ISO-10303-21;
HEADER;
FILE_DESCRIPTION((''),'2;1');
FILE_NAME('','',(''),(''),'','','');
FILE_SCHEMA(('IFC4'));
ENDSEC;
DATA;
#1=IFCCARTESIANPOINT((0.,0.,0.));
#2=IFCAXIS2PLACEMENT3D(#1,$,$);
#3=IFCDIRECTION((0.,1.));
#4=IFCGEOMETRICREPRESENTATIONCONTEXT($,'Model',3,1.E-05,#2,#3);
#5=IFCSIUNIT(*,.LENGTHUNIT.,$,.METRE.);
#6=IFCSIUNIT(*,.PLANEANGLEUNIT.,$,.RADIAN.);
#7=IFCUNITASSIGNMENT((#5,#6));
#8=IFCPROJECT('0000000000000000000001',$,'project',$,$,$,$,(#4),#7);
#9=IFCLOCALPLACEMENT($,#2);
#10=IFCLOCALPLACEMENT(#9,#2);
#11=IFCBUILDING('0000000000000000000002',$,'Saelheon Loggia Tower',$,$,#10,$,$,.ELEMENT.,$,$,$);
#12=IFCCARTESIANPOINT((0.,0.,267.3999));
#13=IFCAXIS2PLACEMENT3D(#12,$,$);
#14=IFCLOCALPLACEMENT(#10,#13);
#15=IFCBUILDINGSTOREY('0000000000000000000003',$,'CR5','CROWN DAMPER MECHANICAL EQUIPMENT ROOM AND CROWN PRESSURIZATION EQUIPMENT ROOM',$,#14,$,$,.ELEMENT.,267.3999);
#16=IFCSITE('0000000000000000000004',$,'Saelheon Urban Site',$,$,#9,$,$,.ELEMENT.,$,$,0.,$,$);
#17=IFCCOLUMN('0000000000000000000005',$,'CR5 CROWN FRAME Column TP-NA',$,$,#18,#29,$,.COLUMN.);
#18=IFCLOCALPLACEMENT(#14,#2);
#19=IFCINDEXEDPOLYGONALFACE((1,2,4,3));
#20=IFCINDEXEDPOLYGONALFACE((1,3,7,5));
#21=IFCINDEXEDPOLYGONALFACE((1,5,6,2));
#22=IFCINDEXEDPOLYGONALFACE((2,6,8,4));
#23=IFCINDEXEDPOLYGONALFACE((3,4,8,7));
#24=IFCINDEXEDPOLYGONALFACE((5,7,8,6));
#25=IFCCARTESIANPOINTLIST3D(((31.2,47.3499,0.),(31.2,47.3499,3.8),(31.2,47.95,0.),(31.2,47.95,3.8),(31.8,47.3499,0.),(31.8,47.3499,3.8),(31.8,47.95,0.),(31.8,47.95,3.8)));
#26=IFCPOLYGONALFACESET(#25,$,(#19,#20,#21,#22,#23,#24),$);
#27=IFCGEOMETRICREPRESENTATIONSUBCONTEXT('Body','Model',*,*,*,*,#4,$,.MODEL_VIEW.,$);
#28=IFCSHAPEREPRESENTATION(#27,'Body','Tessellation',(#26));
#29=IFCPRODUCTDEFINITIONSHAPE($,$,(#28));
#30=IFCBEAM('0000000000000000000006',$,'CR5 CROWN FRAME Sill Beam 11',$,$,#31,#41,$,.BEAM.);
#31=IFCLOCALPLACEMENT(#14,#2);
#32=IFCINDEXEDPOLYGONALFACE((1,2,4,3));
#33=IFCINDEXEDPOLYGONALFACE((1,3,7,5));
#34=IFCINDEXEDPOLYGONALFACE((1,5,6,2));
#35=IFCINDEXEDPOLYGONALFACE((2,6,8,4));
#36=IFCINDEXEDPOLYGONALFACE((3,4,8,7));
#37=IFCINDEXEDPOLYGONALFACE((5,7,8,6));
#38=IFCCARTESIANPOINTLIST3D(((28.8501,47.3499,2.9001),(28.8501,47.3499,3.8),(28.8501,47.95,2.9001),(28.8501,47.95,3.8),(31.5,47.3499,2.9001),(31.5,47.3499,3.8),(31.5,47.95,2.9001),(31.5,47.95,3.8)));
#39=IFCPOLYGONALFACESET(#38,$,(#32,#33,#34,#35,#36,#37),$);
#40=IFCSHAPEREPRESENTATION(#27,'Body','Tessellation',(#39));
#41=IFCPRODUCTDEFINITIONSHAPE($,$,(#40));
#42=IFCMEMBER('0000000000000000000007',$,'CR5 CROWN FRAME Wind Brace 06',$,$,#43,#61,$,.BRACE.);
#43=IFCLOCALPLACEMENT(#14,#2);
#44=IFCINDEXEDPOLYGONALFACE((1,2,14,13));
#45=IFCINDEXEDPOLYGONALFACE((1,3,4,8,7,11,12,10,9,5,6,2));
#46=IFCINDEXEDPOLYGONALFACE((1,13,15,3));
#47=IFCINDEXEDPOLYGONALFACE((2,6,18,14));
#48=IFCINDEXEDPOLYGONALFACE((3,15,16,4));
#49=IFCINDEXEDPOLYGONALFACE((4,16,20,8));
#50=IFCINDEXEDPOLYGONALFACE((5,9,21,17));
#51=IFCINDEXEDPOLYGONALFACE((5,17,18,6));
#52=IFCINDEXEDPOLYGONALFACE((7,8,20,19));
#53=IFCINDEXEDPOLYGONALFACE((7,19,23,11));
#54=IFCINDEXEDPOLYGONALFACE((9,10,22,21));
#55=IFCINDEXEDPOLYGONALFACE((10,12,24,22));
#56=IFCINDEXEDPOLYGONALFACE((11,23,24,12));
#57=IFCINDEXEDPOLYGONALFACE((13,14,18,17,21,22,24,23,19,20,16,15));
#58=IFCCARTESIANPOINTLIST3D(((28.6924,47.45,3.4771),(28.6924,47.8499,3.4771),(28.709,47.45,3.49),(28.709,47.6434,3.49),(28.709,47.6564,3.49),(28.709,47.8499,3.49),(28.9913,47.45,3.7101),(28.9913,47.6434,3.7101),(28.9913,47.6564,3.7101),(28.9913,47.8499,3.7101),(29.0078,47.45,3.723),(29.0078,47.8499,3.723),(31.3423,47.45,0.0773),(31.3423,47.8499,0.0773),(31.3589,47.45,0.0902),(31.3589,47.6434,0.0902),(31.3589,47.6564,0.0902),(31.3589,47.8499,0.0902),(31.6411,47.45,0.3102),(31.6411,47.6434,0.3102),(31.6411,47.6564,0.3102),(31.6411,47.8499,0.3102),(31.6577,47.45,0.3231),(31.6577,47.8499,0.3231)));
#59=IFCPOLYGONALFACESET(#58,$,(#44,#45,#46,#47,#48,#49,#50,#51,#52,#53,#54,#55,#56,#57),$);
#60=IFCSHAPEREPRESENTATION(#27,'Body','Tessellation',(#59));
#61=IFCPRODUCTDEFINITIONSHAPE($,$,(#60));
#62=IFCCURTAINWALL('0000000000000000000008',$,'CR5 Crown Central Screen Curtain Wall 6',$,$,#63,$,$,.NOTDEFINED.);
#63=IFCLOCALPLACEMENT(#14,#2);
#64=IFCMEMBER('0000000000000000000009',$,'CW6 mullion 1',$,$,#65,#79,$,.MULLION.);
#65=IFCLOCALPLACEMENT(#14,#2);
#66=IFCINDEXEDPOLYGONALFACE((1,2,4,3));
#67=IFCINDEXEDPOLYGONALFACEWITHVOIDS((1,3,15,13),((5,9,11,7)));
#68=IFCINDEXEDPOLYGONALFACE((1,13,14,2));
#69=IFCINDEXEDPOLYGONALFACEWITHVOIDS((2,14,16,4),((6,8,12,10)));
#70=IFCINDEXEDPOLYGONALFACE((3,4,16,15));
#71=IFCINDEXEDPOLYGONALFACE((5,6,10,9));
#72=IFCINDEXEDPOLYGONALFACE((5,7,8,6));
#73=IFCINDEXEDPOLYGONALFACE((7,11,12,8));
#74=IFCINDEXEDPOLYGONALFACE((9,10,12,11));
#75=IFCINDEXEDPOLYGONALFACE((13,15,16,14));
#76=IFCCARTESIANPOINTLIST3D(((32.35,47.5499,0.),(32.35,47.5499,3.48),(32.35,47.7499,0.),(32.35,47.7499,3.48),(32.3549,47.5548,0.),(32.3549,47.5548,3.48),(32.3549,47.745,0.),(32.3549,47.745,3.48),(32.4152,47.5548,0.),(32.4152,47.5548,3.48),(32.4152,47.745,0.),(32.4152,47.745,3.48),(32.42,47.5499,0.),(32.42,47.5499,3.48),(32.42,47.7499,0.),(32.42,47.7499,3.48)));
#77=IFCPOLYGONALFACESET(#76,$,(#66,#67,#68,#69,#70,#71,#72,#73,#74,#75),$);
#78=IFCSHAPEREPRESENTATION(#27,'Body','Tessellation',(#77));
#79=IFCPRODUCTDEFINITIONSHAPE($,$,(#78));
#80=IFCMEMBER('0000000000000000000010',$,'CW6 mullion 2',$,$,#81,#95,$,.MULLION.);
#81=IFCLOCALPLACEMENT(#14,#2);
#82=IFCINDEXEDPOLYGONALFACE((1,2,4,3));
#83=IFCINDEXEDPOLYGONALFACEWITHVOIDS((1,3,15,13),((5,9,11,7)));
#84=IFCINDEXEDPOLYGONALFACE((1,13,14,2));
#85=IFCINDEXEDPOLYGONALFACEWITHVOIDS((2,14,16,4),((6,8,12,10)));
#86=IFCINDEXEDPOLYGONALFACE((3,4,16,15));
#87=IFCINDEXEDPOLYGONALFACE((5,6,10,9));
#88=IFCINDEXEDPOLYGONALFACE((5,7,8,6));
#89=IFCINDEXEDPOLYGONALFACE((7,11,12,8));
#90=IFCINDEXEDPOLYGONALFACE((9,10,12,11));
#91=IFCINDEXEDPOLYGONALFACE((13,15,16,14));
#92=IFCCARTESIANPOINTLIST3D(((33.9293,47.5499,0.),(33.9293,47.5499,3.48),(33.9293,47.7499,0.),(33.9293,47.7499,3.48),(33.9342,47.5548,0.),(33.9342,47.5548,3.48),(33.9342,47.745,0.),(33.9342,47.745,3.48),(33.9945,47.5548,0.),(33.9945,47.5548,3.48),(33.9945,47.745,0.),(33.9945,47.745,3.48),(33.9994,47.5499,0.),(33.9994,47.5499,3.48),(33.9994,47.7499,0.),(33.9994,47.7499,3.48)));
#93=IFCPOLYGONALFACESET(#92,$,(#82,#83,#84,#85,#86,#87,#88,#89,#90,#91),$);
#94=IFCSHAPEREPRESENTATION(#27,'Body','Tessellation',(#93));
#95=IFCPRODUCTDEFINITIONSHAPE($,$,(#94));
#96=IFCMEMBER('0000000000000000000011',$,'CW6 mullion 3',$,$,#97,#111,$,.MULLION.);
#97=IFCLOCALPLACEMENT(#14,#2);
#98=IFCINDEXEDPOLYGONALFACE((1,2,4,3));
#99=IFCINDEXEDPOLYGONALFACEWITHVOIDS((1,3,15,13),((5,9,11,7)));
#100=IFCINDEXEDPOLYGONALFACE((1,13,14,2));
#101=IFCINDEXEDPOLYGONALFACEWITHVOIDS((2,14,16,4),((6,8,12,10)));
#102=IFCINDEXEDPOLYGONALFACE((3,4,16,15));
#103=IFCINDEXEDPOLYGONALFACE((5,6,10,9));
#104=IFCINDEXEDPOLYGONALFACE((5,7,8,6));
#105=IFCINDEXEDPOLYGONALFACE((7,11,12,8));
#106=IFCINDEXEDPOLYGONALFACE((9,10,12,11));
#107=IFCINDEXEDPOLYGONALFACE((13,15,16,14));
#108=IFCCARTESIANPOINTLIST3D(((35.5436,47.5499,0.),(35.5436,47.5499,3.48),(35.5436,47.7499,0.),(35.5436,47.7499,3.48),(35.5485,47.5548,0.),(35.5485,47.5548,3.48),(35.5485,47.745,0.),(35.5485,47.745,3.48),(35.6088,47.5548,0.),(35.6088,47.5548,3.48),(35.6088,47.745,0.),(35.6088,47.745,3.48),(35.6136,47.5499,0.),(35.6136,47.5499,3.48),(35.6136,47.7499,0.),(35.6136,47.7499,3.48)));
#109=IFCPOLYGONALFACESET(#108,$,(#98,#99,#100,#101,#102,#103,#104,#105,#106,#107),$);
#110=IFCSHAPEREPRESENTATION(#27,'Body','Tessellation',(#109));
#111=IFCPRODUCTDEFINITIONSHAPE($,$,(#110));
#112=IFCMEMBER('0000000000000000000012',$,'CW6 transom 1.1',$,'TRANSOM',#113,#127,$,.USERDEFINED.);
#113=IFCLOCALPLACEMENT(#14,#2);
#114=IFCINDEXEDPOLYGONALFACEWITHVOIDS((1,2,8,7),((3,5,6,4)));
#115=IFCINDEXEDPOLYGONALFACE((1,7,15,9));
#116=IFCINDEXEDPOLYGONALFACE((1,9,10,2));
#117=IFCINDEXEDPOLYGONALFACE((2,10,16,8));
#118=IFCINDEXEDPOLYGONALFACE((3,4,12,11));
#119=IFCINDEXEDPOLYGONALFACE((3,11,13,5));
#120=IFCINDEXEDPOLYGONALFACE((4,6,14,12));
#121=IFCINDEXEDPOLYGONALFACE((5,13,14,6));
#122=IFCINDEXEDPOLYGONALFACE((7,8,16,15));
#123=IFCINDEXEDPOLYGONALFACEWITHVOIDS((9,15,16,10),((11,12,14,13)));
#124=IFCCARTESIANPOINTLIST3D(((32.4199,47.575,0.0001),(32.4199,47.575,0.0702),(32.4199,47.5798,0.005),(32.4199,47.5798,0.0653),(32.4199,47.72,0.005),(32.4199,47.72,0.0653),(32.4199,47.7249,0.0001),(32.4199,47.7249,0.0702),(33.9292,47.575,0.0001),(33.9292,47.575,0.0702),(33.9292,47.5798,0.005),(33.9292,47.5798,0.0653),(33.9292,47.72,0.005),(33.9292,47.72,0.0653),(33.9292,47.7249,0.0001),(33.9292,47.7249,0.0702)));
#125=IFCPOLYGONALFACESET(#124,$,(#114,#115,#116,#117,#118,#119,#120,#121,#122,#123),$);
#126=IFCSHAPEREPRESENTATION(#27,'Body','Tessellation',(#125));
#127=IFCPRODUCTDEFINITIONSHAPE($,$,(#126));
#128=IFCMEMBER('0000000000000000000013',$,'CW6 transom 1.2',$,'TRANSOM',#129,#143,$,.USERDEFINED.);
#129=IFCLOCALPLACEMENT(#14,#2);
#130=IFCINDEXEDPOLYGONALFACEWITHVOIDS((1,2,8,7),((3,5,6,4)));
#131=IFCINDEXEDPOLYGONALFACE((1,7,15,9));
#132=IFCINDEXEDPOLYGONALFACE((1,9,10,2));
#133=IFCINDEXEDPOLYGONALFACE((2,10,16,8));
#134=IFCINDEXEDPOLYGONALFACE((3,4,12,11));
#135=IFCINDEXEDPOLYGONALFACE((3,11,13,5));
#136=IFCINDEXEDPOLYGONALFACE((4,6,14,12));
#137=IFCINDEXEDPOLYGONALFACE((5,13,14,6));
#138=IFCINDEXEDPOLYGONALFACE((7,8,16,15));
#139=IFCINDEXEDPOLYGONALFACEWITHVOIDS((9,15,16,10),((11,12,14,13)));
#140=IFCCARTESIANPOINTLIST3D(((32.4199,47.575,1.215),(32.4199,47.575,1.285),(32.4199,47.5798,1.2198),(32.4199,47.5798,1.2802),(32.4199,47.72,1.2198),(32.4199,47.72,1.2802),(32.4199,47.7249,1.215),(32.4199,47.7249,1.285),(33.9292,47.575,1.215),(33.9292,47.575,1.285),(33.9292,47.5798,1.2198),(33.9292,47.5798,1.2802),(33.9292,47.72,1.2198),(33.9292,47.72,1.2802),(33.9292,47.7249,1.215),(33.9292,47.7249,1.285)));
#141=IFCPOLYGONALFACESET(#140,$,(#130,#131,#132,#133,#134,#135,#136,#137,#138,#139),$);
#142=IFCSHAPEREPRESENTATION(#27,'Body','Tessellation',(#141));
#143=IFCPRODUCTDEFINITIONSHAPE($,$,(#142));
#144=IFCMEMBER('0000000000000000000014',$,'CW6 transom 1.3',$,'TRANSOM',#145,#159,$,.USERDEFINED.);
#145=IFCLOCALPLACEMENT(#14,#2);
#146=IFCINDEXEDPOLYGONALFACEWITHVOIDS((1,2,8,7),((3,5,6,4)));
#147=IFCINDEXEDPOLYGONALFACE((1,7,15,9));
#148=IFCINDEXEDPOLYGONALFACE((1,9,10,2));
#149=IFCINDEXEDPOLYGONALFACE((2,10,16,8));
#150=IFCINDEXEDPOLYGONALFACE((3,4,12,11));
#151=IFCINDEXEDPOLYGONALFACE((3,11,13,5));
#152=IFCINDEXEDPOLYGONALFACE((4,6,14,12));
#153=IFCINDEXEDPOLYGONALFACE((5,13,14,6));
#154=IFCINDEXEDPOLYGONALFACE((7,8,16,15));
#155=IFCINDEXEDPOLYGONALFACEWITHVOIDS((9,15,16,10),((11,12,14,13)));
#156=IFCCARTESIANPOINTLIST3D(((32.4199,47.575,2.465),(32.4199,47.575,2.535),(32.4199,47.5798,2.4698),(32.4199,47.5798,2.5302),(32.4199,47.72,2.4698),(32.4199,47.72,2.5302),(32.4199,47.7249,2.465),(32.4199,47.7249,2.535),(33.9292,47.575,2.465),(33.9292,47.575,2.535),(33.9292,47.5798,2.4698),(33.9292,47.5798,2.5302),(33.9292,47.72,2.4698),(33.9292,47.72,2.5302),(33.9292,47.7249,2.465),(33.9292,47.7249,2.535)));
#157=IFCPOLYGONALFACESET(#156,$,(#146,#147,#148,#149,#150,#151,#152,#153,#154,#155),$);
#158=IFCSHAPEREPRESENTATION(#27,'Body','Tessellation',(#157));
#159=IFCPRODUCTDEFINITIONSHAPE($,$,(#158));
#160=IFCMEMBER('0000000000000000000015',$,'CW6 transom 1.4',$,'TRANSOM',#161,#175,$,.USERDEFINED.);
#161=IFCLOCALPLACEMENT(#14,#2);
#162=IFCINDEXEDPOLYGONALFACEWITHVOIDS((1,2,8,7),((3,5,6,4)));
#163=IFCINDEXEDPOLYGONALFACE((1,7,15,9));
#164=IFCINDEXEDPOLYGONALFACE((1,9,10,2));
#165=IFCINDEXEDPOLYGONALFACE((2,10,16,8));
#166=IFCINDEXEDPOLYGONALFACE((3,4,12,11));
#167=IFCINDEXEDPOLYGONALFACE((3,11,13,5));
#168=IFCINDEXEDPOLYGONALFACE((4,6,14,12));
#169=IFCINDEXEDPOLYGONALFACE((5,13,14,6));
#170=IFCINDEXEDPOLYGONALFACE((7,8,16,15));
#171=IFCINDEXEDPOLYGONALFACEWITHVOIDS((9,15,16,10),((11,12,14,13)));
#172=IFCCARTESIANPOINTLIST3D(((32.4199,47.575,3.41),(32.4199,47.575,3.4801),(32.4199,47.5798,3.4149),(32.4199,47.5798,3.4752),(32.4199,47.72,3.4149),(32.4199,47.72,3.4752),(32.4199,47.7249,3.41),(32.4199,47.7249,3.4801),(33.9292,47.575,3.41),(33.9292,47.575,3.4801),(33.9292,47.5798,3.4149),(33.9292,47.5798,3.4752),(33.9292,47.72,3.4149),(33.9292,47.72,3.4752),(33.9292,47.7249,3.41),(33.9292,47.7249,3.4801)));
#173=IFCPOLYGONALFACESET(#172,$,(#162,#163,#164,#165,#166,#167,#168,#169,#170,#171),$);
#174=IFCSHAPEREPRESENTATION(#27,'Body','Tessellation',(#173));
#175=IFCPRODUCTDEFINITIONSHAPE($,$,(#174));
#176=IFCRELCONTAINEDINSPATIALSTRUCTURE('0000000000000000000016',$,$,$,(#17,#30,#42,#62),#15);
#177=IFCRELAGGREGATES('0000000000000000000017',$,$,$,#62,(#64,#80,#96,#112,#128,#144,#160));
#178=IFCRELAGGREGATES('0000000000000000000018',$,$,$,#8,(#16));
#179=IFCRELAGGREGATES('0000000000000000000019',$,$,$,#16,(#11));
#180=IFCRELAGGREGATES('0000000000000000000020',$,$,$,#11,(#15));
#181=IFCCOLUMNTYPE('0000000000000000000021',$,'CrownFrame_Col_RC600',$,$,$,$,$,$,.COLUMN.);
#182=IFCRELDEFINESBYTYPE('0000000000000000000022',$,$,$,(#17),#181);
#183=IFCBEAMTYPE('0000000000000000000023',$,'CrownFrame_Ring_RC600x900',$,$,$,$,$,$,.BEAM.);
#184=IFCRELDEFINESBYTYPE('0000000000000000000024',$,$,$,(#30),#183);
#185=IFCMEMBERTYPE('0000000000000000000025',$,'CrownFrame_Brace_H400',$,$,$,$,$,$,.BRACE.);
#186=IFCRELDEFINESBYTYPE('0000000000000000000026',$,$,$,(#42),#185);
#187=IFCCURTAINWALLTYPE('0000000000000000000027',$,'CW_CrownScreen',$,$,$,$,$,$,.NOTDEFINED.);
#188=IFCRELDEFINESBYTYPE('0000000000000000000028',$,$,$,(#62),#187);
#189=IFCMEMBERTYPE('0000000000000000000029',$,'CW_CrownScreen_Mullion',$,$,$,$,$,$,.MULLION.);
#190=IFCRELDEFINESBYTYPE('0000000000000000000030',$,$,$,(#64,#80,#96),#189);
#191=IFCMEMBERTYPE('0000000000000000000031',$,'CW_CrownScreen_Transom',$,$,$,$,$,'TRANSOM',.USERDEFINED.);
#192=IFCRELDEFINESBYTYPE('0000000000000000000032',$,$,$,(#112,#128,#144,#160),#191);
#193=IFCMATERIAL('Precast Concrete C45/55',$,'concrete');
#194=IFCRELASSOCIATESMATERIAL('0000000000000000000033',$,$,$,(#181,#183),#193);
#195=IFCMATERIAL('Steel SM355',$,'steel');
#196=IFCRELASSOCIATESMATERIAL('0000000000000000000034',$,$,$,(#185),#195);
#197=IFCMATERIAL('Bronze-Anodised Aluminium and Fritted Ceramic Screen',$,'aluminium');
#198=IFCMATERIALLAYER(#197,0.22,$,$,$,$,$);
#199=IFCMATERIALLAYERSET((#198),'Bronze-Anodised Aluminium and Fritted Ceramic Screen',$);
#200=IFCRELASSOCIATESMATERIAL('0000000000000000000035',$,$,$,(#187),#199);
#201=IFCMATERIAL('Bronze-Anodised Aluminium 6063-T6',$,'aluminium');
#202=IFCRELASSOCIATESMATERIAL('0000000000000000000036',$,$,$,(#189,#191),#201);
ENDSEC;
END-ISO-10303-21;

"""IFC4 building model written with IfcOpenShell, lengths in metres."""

from ifc_helpers import new_model, si_unit, direction, frame, origin, origin_2d, place, context, subcontext, project, spatial, rectangle, hollow_rectangle, i_section, extrude, source, transform, mapped, material, layer, layer_set, material_profile, profile_set, type_object, element, aggregate, save


model = new_model("IFC4")

# Units and contexts
model_context = context("Model", 3, precision=1e-05, world=origin(), true_north=direction((0.0, 1.0)))
body_context = subcontext(model_context, "Body", "Model", "MODEL_VIEW")
ifc_project = project(units=[si_unit("LENGTHUNIT", "METRE"), si_unit("PLANEANGLEUNIT", "RADIAN")], contexts=[model_context])

# Site, building, storey
site_placement = place(None, origin())
site = spatial("IfcSite", under=ifc_project, at=site_placement, Name="Saelheon Urban Site", CompositionType="ELEMENT", RefElevation=0.0)
building_placement = place(site_placement, origin())
building = spatial("IfcBuilding", under=site, at=building_placement, Name="Saelheon Loggia Tower", CompositionType="ELEMENT")
storey_placement = place(building_placement, frame((0.0, 0.0, 267.3999)))
storey = spatial("IfcBuildingStorey", under=building, at=storey_placement, Name="CR5", Description="CROWN DAMPER MECHANICAL EQUIPMENT ROOM AND CROWN PRESSURIZATION EQUIPMENT ROOM", CompositionType="ELEMENT", Elevation=267.3999)

# Column
ifc_material_1 = material(Name="Precast Concrete C45/55", Category="concrete")
ifc_material_profile_1 = material_profile(ifc_material_1, rectangle(XDim=0.6001, YDim=0.6001, at=origin_2d()), Name="RC-600x600")
ifc_profile_set_1 = profile_set([ifc_material_profile_1], Name="Precast Concrete C45/55")
column_type = type_object("IfcColumnType", Name="CrownFrame_Col_RC600", PredefinedType="COLUMN", material=ifc_profile_set_1)
shared_shape_1 = source(origin(), body_context, "Body", "SweptSolid", [
    extrude(rectangle(XDim=0.6001, YDim=0.6001, at=origin_2d()), origin(), (0.0, 0.0, 1.0), 3.8),
])
column_placement = place(storey_placement, frame((31.5, 47.6499, 0.0), z_axis=(0.0, 0.0, 1.0), x_axis=(1.0, 0.0, 0.0)))
element("IfcColumn", 1, at=column_placement, inside=storey, type_object=column_type, Name="CR5 CROWN FRAME Column TP-NA", PredefinedType="COLUMN", context=body_context, shape_type="MappedRepresentation", body=[
    mapped(shared_shape_1, transform((0.0, 0.0, 0.0), scale=1.0)),
])

# Beam
ifc_material_profile_2 = material_profile(ifc_material_1, rectangle(XDim=0.6001, YDim=0.8999, at=origin_2d()), Name="RC-600x900")
ifc_profile_set_2 = profile_set([ifc_material_profile_2], Name="Precast Concrete C45/55")
beam_type = type_object("IfcBeamType", Name="CrownFrame_Ring_RC600x900", PredefinedType="BEAM", material=ifc_profile_set_2)
shared_shape_2 = source(origin(), body_context, "Body", "SweptSolid", [
    extrude(rectangle(XDim=0.6001, YDim=0.8999, at=origin_2d()), origin(), (0.0, 0.0, 1.0), 2.6499),
])
beam_placement = place(storey_placement, frame((31.5, 47.6499, 3.3501), z_axis=(-1.0, 0.0, 0.0), x_axis=(0.0, -1.0, 0.0)))
element("IfcBeam", 2, at=beam_placement, inside=storey, type_object=beam_type, Name="CR5 CROWN FRAME Sill Beam 11", PredefinedType="BEAM", context=body_context, shape_type="MappedRepresentation", body=[
    mapped(shared_shape_2, transform((0.0, 0.0, 0.0), scale=1.0)),
])

# Member
ifc_material_2 = material(Name="Steel SM355", Category="steel")
ifc_material_profile_3 = material_profile(ifc_material_2, i_section(OverallWidth=0.3999, OverallDepth=0.3999, WebThickness=0.0129, FlangeThickness=0.021, at=origin_2d()), Name="H-400x400x13x21")
ifc_profile_set_3 = profile_set([ifc_material_profile_3], Name="Steel SM355")
member_type_1 = type_object("IfcMemberType", Name="CrownFrame_Brace_H400", PredefinedType="BRACE", material=ifc_profile_set_3)
shared_shape_3 = source(origin(), body_context, "Body", "SweptSolid", [
    extrude(i_section(OverallWidth=0.3999, OverallDepth=0.3999, WebThickness=0.0129, FlangeThickness=0.021, at=origin_2d()), origin(), (0.0, 0.0, 1.0), 4.3105),
])
member_1_placement = place(storey_placement, frame((31.5, 47.6499, 0.2002), z_axis=(-0.61474, 0.0, 0.78873), x_axis=(0.0, -1.0, 0.0)))
element("IfcMember", 3, at=member_1_placement, inside=storey, type_object=member_type_1, Name="CR5 CROWN FRAME Wind Brace 06", PredefinedType="BRACE", context=body_context, shape_type="MappedRepresentation", body=[
    mapped(shared_shape_3, transform((0.0, 0.0, 0.0), scale=1.0)),
])

# Curtain wall, members
ifc_material_3 = material(Name="Bronze-Anodised Aluminium and Fritted Ceramic Screen", Category="aluminium")
ifc_layer_1 = layer(ifc_material_3, 0.22)
ifc_layer_set_1 = layer_set([ifc_layer_1], Name="Bronze-Anodised Aluminium and Fritted Ceramic Screen")
curtain_wall_type = type_object("IfcCurtainWallType", Name="CW_CrownScreen", PredefinedType="NOTDEFINED", material=ifc_layer_set_1)
curtain_wall_placement = place(storey_placement, origin())
curtain_wall = element("IfcCurtainWall", 4, at=curtain_wall_placement, inside=storey, type_object=curtain_wall_type, Name="CR5 Crown Central Screen Curtain Wall 6", PredefinedType="NOTDEFINED")
ifc_material_4 = material(Name="Bronze-Anodised Aluminium 6063-T6", Category="aluminium")
ifc_material_profile_4 = material_profile(ifc_material_4, hollow_rectangle(XDim=0.0701, YDim=0.2, WallThickness=0.0049, at=origin_2d()), Name="RHS-200x70x5")
ifc_profile_set_4 = profile_set([ifc_material_profile_4], Name="Bronze-Anodised Aluminium 6063-T6")
member_type_2 = type_object("IfcMemberType", Name="CW_CrownScreen_Mullion", PredefinedType="MULLION", material=ifc_profile_set_4)
shared_shape_4 = source(origin(), body_context, "Body", "SweptSolid", [
    extrude(hollow_rectangle(XDim=0.0701, YDim=0.2, WallThickness=0.0049, at=origin_2d()), origin(), (0.0, 0.0, 1.0), 3.48),
])
member_2_placement = place(storey_placement, frame((32.385, 47.6499, 0.0), z_axis=(0.0, 0.0, 1.0), x_axis=(1.0, 0.0, 0.0)))
member_2 = element("IfcMember", 5, at=member_2_placement, type_object=member_type_2, Name="CW6 mullion 1", PredefinedType="MULLION", context=body_context, shape_type="MappedRepresentation", body=[
    mapped(shared_shape_4, transform((0.0, 0.0, 0.0), scale=1.0)),
])
member_3_placement = place(storey_placement, frame((33.9644, 47.6499, 0.0), z_axis=(0.0, 0.0, 1.0), x_axis=(1.0, 0.0, 0.0)))
member_3 = element("IfcMember", 6, at=member_3_placement, type_object=member_type_2, Name="CW6 mullion 2", PredefinedType="MULLION", context=body_context, shape_type="MappedRepresentation", body=[
    mapped(shared_shape_4, transform((0.0, 0.0, 0.0), scale=1.0)),
])
member_4_placement = place(storey_placement, frame((35.5786, 47.6499, 0.0), z_axis=(0.0, 0.0, 1.0), x_axis=(1.0, 0.0, 0.0)))
member_4 = element("IfcMember", 7, at=member_4_placement, type_object=member_type_2, Name="CW6 mullion 3", PredefinedType="MULLION", context=body_context, shape_type="MappedRepresentation", body=[
    mapped(shared_shape_4, transform((0.0, 0.0, 0.0), scale=1.0)),
])
ifc_material_profile_5 = material_profile(ifc_material_4, hollow_rectangle(XDim=0.0701, YDim=0.1499, WallThickness=0.0049, at=origin_2d()), Name="RHS-150x70x5")
ifc_profile_set_5 = profile_set([ifc_material_profile_5], Name="Bronze-Anodised Aluminium 6063-T6")
member_type_3 = type_object("IfcMemberType", Name="CW_CrownScreen_Transom", ElementType="TRANSOM", PredefinedType="USERDEFINED", material=ifc_profile_set_5)
shared_shape_5 = source(origin(), body_context, "Body", "SweptSolid", [
    extrude(hollow_rectangle(XDim=0.0701, YDim=0.1499, WallThickness=0.0049, at=origin_2d()), origin(), (0.0, 0.0, 1.0), 1.5093),
])
member_5_placement = place(storey_placement, frame((32.4199, 47.6499, 0.0352), z_axis=(1.0, 0.0, 0.0), x_axis=(0.0, 0.0, 1.0)))
member_5 = element("IfcMember", 8, at=member_5_placement, type_object=member_type_3, Name="CW6 transom 1.1", ObjectType="TRANSOM", PredefinedType="USERDEFINED", context=body_context, shape_type="MappedRepresentation", body=[
    mapped(shared_shape_5, transform((0.0, 0.0, 0.0), scale=1.0)),
])
member_6_placement = place(storey_placement, frame((32.4199, 47.6499, 1.25), z_axis=(1.0, 0.0, 0.0), x_axis=(0.0, 0.0, 1.0)))
member_6 = element("IfcMember", 9, at=member_6_placement, type_object=member_type_3, Name="CW6 transom 1.2", ObjectType="TRANSOM", PredefinedType="USERDEFINED", context=body_context, shape_type="MappedRepresentation", body=[
    mapped(shared_shape_5, transform((0.0, 0.0, 0.0), scale=1.0)),
])
member_7_placement = place(storey_placement, frame((32.4199, 47.6499, 2.5), z_axis=(1.0, 0.0, 0.0), x_axis=(0.0, 0.0, 1.0)))
member_7 = element("IfcMember", 10, at=member_7_placement, type_object=member_type_3, Name="CW6 transom 1.3", ObjectType="TRANSOM", PredefinedType="USERDEFINED", context=body_context, shape_type="MappedRepresentation", body=[
    mapped(shared_shape_5, transform((0.0, 0.0, 0.0), scale=1.0)),
])
member_8_placement = place(storey_placement, frame((32.4199, 47.6499, 3.4451), z_axis=(1.0, 0.0, 0.0), x_axis=(0.0, 0.0, 1.0)))
member_8 = element("IfcMember", 11, at=member_8_placement, type_object=member_type_3, Name="CW6 transom 1.4", ObjectType="TRANSOM", PredefinedType="USERDEFINED", context=body_context, shape_type="MappedRepresentation", body=[
    mapped(shared_shape_5, transform((0.0, 0.0, 0.0), scale=1.0)),
])
aggregate(curtain_wall, [member_2, member_3, member_4, member_5, member_6, member_7, member_8])

save(model, "model.ifc")
